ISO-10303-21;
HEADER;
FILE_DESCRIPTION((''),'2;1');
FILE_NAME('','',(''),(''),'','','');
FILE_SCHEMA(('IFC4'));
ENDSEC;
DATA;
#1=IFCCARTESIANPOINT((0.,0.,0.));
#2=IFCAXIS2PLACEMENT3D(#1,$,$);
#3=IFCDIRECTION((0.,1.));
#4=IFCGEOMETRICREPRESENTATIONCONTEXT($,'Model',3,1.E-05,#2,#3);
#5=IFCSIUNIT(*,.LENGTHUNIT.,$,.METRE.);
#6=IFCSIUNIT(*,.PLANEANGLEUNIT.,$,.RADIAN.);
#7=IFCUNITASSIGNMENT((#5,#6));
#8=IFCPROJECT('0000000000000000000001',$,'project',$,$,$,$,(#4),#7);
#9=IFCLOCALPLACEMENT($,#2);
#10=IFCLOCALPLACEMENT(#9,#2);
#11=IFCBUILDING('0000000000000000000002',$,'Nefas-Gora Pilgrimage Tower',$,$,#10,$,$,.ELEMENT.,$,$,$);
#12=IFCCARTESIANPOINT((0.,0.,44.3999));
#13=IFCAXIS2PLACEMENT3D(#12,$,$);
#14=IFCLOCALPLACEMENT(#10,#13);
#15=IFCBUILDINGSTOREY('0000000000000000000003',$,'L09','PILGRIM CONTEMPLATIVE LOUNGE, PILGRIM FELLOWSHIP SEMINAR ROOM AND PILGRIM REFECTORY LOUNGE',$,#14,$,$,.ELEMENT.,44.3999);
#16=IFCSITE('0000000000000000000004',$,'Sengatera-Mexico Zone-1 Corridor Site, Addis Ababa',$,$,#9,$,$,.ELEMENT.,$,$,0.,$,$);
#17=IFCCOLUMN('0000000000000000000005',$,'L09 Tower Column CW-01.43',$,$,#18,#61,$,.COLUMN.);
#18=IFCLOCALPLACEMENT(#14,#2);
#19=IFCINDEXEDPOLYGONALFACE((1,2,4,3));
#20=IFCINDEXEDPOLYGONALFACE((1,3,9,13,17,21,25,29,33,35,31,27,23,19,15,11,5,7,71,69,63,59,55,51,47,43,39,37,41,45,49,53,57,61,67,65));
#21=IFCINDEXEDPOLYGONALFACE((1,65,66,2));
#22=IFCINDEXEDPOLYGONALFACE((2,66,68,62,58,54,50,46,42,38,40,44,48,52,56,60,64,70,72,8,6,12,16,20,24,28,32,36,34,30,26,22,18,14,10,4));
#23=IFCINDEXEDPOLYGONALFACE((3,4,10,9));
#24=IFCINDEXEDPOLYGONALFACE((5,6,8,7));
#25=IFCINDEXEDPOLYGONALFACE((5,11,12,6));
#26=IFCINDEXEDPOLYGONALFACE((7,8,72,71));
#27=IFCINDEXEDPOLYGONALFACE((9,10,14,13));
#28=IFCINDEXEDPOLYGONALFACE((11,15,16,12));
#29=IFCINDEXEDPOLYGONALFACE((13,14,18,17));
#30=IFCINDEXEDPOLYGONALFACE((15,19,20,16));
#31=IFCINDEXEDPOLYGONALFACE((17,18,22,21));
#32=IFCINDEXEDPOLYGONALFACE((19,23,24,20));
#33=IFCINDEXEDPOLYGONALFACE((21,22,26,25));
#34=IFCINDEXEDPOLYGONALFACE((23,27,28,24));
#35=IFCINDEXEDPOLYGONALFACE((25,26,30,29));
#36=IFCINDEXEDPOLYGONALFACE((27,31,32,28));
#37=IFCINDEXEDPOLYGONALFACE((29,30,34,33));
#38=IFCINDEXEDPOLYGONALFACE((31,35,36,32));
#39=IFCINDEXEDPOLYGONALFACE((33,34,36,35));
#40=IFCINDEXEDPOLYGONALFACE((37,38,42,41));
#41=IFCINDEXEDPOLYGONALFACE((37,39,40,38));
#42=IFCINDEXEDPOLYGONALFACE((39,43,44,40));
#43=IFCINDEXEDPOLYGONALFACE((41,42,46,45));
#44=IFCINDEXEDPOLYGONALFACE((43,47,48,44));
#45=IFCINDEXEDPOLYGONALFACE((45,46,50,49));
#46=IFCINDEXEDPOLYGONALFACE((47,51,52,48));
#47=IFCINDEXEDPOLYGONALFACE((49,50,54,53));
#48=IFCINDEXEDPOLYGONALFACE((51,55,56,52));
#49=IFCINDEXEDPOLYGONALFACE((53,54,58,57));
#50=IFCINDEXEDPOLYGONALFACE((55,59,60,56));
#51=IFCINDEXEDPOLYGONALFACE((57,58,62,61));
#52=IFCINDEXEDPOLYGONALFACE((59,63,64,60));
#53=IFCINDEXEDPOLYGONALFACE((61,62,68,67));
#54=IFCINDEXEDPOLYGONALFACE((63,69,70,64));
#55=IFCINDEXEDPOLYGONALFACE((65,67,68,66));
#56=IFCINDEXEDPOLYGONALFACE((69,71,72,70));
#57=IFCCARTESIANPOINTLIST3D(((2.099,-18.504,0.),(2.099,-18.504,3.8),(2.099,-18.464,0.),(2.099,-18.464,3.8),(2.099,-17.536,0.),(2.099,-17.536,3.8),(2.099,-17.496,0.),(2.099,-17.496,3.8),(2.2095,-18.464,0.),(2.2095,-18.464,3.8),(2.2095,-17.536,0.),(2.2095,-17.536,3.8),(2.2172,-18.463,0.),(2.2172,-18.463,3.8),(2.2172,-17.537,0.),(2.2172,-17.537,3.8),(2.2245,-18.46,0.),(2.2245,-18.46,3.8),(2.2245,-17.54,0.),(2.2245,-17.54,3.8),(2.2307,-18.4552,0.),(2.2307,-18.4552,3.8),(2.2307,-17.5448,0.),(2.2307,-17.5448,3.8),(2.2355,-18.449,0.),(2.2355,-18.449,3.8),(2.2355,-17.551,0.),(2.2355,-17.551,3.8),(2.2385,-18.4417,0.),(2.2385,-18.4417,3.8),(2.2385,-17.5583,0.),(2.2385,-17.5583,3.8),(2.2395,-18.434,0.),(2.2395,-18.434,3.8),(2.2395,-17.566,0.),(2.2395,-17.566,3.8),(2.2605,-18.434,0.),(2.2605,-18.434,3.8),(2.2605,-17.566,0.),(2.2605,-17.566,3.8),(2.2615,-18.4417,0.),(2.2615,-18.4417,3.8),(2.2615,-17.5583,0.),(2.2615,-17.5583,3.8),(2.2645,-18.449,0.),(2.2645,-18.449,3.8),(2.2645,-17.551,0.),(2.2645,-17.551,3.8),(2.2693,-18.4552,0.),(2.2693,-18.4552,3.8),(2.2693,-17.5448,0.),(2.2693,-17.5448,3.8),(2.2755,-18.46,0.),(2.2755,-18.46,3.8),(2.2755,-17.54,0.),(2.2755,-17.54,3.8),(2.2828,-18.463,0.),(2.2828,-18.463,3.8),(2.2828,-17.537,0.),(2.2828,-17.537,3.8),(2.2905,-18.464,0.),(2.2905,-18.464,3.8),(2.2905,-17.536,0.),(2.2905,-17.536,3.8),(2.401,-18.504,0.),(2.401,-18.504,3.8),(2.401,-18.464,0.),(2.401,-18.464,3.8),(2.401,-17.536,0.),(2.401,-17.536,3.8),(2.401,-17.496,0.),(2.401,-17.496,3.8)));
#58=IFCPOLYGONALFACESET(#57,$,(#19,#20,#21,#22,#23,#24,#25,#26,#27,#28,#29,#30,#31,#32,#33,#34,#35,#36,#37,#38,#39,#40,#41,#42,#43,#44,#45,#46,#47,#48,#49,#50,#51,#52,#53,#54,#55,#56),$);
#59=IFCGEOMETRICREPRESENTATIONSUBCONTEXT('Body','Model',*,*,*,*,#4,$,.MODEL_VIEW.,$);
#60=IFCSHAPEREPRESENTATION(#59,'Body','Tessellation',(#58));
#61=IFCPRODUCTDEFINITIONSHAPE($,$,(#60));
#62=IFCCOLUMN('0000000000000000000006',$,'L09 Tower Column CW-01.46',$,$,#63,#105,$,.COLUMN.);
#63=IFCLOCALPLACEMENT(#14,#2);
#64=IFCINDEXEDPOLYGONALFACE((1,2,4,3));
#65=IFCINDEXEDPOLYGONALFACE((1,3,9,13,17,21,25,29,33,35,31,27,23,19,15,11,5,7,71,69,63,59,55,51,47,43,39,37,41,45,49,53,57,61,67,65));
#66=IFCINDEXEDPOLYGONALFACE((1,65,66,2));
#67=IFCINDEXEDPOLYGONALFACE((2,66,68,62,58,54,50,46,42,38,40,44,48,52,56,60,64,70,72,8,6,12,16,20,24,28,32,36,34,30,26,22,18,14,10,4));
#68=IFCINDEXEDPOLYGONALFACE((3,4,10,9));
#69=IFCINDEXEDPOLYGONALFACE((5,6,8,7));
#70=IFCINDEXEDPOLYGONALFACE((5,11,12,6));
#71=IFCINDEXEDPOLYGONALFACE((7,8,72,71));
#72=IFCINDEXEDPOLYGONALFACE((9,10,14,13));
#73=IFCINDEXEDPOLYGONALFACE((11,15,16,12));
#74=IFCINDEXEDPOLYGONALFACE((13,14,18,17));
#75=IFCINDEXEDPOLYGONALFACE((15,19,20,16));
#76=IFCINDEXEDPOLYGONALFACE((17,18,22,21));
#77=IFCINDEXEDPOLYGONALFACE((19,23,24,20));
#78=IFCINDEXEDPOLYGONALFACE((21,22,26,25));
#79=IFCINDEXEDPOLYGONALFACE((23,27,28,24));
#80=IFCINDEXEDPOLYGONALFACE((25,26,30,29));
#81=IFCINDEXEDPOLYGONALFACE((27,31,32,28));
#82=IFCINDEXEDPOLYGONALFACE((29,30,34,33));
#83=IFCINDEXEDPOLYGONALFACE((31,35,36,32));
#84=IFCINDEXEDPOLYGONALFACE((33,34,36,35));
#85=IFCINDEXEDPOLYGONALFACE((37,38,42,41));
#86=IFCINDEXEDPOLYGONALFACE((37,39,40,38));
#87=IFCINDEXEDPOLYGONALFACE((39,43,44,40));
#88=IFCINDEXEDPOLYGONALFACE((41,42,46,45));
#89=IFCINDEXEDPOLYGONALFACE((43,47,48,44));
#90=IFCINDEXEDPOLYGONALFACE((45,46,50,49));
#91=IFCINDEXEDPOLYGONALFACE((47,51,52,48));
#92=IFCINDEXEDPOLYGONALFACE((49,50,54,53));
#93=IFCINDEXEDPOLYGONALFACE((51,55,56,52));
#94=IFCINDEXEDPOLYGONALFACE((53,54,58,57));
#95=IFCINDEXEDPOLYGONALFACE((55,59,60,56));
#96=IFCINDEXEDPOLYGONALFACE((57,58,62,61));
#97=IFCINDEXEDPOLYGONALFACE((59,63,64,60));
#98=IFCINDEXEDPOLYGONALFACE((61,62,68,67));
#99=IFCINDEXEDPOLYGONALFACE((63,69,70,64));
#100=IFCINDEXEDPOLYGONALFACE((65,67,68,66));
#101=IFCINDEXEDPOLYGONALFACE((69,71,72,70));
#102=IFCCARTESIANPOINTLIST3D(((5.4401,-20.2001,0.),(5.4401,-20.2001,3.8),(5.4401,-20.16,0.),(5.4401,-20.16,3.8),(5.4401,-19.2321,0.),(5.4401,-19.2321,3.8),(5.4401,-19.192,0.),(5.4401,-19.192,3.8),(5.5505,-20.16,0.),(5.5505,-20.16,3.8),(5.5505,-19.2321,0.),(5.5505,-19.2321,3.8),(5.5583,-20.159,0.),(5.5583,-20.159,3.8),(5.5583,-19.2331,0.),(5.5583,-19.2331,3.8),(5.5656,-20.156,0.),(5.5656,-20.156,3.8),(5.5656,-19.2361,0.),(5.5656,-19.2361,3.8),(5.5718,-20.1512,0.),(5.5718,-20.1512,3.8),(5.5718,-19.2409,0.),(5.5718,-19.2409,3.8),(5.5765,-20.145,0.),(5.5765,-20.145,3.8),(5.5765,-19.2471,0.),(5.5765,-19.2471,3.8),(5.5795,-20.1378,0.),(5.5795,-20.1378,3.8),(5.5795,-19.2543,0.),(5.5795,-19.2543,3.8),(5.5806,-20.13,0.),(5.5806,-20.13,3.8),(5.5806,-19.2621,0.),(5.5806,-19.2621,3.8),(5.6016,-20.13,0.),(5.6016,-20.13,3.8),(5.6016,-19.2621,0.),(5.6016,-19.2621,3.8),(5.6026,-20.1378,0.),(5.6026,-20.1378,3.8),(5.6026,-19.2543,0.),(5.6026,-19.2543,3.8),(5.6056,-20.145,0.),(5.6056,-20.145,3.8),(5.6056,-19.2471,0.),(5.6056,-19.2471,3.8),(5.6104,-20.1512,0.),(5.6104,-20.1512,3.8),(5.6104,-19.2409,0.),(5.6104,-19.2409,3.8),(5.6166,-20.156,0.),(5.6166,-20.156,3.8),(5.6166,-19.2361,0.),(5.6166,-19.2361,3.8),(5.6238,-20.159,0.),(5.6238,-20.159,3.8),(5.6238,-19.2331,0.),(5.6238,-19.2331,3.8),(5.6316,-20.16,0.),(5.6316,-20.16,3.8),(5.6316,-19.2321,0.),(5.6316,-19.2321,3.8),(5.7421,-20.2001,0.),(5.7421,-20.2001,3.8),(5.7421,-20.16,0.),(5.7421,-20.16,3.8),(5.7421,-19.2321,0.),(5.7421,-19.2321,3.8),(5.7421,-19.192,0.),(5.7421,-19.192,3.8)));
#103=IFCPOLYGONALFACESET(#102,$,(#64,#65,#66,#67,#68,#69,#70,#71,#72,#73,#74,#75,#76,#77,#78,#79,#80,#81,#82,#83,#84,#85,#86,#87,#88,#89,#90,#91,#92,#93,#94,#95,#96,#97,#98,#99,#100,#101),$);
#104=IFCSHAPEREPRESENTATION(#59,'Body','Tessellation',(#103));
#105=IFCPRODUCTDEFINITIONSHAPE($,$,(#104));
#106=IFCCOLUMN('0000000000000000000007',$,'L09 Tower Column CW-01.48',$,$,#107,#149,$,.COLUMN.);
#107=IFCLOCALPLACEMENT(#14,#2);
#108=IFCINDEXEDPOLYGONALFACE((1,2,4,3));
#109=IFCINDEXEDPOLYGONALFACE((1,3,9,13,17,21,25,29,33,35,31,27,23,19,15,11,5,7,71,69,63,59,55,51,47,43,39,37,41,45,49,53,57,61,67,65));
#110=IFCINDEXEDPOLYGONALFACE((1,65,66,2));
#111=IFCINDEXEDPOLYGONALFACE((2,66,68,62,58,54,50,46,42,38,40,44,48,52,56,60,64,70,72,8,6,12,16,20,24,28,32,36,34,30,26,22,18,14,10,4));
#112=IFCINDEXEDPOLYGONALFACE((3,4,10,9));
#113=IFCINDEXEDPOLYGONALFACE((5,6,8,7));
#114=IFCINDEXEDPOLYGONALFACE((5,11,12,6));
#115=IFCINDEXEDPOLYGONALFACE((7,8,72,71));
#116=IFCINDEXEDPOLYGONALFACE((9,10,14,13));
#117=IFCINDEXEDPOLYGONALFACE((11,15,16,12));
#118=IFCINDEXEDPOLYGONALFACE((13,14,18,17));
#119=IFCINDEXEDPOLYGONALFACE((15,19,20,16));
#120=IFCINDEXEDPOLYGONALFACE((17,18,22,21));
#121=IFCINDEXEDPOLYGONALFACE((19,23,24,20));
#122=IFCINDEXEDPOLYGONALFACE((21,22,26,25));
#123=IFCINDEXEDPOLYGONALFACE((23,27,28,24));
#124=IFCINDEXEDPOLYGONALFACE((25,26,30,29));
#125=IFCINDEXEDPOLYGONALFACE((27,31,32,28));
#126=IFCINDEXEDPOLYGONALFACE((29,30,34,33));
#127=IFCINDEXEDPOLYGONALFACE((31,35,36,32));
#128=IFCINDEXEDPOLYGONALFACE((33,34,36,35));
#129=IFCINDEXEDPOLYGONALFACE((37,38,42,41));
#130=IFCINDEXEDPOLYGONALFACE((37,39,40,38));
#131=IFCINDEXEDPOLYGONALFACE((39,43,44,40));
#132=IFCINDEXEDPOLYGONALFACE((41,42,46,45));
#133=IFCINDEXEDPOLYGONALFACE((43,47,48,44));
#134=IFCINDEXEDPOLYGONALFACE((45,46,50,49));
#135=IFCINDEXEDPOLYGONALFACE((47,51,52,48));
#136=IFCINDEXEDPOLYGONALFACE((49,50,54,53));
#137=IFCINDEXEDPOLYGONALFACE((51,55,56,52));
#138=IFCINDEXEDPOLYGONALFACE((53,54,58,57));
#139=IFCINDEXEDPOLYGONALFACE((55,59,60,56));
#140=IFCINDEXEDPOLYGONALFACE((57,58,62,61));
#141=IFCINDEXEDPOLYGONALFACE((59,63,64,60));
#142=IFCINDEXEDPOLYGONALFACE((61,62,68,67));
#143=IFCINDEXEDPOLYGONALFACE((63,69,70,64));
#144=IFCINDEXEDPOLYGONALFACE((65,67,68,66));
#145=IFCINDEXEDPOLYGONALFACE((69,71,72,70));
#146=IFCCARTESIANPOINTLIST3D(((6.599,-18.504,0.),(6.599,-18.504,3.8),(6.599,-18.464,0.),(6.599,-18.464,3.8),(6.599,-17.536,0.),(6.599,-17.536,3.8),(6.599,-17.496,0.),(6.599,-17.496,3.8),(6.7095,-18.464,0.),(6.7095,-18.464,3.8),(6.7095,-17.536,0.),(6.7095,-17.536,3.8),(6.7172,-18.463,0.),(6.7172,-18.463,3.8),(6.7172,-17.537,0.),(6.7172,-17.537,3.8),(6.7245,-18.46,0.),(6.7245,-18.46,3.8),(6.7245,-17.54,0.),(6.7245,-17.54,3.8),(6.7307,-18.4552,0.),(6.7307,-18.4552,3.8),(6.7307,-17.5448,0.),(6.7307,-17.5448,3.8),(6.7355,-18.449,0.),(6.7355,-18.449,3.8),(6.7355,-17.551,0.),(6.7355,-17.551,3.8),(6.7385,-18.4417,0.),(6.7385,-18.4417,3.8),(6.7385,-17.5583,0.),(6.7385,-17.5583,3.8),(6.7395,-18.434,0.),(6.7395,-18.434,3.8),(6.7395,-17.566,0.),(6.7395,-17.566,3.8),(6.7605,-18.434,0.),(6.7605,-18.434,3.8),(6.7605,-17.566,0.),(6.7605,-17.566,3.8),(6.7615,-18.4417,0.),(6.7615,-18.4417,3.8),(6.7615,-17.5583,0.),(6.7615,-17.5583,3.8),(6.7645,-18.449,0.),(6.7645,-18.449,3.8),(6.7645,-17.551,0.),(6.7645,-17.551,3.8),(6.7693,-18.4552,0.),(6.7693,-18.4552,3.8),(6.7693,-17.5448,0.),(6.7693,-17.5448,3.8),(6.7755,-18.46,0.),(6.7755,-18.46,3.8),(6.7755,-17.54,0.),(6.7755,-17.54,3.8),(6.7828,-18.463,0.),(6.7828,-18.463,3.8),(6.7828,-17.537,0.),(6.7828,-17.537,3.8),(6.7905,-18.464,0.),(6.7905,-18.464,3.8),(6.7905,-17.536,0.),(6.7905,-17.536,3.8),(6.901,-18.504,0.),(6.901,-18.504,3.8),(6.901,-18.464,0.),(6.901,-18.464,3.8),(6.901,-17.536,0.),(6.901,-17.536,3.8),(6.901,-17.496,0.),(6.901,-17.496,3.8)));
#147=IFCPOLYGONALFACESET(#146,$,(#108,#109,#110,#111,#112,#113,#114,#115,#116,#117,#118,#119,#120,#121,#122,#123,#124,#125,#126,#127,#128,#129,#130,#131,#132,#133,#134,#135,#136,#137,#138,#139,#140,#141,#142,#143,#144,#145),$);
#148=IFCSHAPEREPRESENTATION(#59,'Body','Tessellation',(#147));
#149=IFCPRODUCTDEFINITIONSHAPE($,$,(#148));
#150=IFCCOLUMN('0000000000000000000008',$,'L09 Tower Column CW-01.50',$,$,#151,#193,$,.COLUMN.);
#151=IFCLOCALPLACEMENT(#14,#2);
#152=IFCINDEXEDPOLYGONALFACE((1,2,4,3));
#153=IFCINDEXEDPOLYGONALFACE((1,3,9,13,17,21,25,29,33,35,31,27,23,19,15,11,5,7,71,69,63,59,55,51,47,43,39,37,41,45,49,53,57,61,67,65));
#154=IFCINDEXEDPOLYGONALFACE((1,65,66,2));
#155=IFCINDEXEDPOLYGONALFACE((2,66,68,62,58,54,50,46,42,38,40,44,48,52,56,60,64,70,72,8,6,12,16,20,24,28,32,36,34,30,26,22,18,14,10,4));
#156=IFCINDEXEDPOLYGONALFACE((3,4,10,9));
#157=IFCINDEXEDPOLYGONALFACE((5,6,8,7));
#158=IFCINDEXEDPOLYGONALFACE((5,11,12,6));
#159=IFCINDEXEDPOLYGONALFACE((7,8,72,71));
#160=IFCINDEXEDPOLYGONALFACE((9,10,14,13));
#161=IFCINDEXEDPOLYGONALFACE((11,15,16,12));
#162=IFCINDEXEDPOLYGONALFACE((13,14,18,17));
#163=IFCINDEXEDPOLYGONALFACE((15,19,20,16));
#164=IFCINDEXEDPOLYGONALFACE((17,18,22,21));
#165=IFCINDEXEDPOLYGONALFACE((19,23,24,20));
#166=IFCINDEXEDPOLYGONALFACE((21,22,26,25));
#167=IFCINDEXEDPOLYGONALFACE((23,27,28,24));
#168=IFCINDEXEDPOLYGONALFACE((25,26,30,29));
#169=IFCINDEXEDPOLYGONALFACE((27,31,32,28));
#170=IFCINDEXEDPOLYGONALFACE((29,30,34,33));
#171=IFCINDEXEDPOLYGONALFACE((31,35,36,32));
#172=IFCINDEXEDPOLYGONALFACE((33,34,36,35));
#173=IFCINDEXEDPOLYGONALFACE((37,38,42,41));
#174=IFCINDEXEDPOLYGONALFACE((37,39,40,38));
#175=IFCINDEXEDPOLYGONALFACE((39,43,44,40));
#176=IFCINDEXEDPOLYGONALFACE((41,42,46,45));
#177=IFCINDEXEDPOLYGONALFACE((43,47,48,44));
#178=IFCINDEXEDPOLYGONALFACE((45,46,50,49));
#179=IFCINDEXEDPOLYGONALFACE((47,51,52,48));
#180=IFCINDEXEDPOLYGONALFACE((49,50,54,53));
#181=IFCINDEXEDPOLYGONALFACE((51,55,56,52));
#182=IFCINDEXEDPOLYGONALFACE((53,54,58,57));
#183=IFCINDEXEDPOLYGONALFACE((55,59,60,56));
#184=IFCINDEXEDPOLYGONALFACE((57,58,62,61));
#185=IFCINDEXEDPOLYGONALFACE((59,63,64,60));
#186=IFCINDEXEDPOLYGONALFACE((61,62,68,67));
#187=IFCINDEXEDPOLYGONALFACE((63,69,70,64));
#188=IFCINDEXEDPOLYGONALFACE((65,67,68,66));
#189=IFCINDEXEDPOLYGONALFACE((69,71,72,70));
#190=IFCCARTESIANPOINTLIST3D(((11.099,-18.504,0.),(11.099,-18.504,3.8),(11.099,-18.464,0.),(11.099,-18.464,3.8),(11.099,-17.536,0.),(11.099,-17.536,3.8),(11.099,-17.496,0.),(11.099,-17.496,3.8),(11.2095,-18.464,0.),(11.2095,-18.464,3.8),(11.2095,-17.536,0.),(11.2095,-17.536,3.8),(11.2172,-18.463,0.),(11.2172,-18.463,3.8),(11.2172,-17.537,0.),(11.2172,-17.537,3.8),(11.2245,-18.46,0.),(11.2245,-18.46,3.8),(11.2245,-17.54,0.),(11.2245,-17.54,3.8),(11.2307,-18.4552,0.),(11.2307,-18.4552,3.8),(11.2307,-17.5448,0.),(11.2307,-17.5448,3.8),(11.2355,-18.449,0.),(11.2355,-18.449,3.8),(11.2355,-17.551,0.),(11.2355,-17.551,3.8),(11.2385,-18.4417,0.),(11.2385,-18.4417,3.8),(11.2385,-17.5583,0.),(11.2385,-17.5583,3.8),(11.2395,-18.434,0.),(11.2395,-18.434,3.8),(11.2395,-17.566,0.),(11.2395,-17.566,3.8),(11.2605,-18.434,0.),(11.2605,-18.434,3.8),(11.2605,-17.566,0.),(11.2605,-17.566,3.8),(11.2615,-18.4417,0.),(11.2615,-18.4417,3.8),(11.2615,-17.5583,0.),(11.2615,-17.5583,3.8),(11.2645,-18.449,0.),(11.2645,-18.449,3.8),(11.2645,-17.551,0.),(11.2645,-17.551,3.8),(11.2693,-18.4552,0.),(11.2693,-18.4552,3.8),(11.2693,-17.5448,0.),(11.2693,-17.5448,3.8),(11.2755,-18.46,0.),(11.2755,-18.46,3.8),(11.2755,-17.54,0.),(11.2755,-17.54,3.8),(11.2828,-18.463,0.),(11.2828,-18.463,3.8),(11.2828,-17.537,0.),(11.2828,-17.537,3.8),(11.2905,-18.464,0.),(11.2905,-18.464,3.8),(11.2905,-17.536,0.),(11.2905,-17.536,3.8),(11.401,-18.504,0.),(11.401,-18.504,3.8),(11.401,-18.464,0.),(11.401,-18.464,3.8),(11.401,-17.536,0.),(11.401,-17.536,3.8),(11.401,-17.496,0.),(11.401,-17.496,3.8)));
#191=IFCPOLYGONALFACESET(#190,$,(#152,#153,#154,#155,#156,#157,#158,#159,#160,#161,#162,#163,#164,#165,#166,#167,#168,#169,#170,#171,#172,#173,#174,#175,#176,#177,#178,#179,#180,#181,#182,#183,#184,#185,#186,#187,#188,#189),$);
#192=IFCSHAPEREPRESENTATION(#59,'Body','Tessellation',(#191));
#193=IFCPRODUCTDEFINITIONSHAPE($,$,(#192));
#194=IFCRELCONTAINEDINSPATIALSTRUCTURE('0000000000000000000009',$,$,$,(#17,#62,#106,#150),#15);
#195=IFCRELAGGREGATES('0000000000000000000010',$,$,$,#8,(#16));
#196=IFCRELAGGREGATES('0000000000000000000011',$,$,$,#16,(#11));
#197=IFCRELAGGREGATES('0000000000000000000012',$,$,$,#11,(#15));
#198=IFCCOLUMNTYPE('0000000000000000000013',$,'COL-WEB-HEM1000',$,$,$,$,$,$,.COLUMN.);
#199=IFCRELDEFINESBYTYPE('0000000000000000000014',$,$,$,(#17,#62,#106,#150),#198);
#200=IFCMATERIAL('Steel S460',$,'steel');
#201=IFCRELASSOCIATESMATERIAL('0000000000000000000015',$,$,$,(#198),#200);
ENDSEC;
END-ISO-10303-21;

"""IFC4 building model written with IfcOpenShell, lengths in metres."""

from ifc_helpers import new_model, si_unit, direction, frame, origin, origin_2d, place, context, subcontext, project, spatial, i_section, extrude, source, transform, mapped, material, material_profile, profile_set, type_object, element, save


model = new_model("IFC4")

# Units and contexts
model_context = context("Model", 3, precision=1e-05, world=origin(), true_north=direction((0.0, 1.0)))
body_context = subcontext(model_context, "Body", "Model", "MODEL_VIEW")
ifc_project = project(units=[si_unit("LENGTHUNIT", "METRE"), si_unit("PLANEANGLEUNIT", "RADIAN")], contexts=[model_context])

# Site, building, storey
site_placement = place(None, origin())
site = spatial("IfcSite", under=ifc_project, at=site_placement, Name="Sengatera-Mexico Zone-1 Corridor Site, Addis Ababa", CompositionType="ELEMENT", RefElevation=0.0)
building_placement = place(site_placement, origin())
building = spatial("IfcBuilding", under=site, at=building_placement, Name="Nefas-Gora Pilgrimage Tower", CompositionType="ELEMENT")
storey_placement = place(building_placement, frame((0.0, 0.0, 44.3999)))
storey = spatial("IfcBuildingStorey", under=building, at=storey_placement, Name="L09", Description="PILGRIM CONTEMPLATIVE LOUNGE, PILGRIM FELLOWSHIP SEMINAR ROOM AND PILGRIM REFECTORY LOUNGE", CompositionType="ELEMENT", Elevation=44.3999)

# Columns
ifc_material_1 = material(Name="Steel S460", Category="steel")
ifc_material_profile_1 = material_profile(ifc_material_1, i_section(OverallWidth=0.302, OverallDepth=1.0081, WebThickness=0.021, FlangeThickness=0.04, FilletRadius=0.03, at=origin_2d()), Name="HEM 1000")
ifc_profile_set_1 = profile_set([ifc_material_profile_1], Name="Steel S460")
column_type_1 = type_object("IfcColumnType", Name="COL-WEB-HEM1000", PredefinedType="COLUMN", material=ifc_profile_set_1)
shared_shape_1 = source(origin(), body_context, "Body", "SweptSolid", [
    extrude(i_section(OverallWidth=0.302, OverallDepth=1.0081, WebThickness=0.021, FlangeThickness=0.04, FilletRadius=0.03, at=origin_2d()), origin(), (0.0, 0.0, 1.0), 3.8),
])
for number, where, z_axis, x_axis, name in (
    (1, (2.25, -18.0, 0.0), (0.0, 0.0, 1.0), (1.0, 0.0, 0.0), "L09 Tower Column CW-01.43"),
    (2, (5.5911, -19.696, 0.0), (0.0, 0.0, 1.0), (1.0, 0.0, 0.0), "L09 Tower Column CW-01.46"),
    (3, (6.75, -18.0, 0.0), (0.0, 0.0, 1.0), (1.0, 0.0, 0.0), "L09 Tower Column CW-01.48"),
    (4, (11.25, -18.0, 0.0), (0.0, 0.0, 1.0), (1.0, 0.0, 0.0), "L09 Tower Column CW-01.50"),
):
    element("IfcColumn", number, at=place(storey_placement, frame(where, z_axis=z_axis, x_axis=x_axis)), inside=storey, type_object=column_type_1, Name=name, PredefinedType="COLUMN", context=body_context, shape_type="MappedRepresentation", body=[
        mapped(shared_shape_1, transform((0.0, 0.0, 0.0), x_axis=(1.0, 0.0, 0.0), y_axis=(0.0, 1.0, 0.0), z_axis=(0.0, 0.0, 1.0), scale=1.0)),
    ])

save(model, "model.ifc")
